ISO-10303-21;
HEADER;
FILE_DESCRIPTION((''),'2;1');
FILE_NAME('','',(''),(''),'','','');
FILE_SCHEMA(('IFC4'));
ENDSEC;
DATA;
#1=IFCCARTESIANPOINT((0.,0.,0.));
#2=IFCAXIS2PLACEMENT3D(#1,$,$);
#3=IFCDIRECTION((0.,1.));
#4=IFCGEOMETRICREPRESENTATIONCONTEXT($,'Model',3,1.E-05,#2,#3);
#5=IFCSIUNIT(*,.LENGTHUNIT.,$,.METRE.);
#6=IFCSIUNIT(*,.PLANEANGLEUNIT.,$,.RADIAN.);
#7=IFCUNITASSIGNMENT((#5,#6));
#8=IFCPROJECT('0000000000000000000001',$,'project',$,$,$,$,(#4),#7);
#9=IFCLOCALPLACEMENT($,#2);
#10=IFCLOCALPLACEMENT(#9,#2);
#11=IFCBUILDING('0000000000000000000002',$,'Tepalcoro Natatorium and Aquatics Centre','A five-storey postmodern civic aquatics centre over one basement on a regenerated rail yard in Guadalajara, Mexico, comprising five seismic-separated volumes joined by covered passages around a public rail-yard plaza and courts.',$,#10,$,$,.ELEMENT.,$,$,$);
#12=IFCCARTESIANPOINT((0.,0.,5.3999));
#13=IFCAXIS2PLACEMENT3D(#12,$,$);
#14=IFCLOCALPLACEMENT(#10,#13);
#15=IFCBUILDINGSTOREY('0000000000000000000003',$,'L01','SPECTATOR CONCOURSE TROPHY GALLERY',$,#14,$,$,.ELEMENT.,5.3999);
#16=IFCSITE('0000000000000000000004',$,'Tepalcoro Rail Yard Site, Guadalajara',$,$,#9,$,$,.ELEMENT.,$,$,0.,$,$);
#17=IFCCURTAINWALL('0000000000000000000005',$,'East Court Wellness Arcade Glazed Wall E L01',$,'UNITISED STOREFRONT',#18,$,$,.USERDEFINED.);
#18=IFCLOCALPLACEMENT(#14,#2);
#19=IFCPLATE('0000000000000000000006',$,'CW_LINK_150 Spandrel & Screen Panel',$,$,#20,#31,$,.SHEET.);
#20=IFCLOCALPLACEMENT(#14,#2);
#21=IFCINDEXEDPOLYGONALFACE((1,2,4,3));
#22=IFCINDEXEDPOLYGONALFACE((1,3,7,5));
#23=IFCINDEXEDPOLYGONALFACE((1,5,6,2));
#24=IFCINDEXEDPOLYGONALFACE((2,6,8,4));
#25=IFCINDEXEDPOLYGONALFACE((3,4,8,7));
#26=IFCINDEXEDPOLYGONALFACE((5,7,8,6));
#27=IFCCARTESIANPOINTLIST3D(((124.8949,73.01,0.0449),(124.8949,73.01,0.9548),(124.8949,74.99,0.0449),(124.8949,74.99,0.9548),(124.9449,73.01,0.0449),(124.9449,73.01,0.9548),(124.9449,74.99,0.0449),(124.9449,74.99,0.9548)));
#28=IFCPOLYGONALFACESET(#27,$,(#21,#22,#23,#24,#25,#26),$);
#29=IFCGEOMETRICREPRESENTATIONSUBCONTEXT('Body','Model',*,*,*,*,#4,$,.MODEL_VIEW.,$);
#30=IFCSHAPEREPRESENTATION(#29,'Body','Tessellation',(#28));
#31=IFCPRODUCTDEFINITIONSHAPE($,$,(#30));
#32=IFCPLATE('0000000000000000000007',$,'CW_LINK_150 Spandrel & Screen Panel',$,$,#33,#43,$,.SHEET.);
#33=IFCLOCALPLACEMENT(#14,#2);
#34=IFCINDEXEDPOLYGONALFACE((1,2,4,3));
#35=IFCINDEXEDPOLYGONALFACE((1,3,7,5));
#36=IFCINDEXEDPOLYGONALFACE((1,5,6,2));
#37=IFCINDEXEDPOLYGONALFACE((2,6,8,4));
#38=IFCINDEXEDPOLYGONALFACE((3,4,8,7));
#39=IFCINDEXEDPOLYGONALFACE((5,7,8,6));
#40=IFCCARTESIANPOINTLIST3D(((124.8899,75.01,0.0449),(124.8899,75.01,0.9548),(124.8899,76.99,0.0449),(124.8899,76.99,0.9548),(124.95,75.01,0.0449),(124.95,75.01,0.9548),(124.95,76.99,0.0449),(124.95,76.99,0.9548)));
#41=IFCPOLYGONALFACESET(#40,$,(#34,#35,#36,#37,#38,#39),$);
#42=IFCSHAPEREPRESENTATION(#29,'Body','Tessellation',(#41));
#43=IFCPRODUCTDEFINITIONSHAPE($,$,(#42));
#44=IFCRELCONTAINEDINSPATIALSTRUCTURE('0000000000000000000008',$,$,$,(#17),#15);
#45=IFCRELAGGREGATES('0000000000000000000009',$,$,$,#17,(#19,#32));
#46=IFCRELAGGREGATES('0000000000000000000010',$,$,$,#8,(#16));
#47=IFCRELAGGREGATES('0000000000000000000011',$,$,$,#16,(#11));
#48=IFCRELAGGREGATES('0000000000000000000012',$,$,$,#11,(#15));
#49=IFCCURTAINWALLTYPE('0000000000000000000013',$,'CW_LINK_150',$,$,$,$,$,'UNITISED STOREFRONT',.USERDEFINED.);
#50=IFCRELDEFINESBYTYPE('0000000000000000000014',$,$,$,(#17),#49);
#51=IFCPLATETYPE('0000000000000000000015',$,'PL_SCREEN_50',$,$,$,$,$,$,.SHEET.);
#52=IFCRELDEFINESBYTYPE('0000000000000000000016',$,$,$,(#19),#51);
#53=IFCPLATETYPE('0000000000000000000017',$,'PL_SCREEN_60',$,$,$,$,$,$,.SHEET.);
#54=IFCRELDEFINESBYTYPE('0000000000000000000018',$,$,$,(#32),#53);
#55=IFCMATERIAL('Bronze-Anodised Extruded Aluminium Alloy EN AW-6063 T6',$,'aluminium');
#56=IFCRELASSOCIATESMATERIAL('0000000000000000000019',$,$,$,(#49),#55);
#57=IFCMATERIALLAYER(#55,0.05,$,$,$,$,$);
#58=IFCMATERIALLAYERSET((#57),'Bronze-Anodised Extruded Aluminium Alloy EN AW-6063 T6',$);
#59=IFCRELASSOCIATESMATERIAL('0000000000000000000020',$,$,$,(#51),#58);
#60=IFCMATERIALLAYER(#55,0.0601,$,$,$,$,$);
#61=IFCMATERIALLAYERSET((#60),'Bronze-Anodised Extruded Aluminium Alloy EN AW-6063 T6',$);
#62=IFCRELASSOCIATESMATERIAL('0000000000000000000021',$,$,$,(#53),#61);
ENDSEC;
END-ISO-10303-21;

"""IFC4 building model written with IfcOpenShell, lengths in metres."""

from ifc_helpers import new_model, si_unit, direction, frame, origin, origin_2d, place, context, subcontext, project, spatial, rectangle, extrude, material, layer, layer_set, type_object, element, aggregate, save


model = new_model("IFC4")

# Units and contexts
model_context = context("Model", 3, precision=1e-05, world=origin(), true_north=direction((0.0, 1.0)))
body_context = subcontext(model_context, "Body", "Model", "MODEL_VIEW")
ifc_project = project(units=[si_unit("LENGTHUNIT", "METRE"), si_unit("PLANEANGLEUNIT", "RADIAN")], contexts=[model_context])

# Site, building, storey
site_placement = place(None, origin())
site = spatial("IfcSite", under=ifc_project, at=site_placement, Name="Tepalcoro Rail Yard Site, Guadalajara", CompositionType="ELEMENT", RefElevation=0.0)
building_placement = place(site_placement, origin())
building = spatial("IfcBuilding", under=site, at=building_placement, Name="Tepalcoro Natatorium and Aquatics Centre", Description="A five-storey postmodern civic aquatics centre over one basement on a regenerated rail yard in Guadalajara, Mexico, comprising five seismic-separated volumes joined by covered passages around a public rail-yard plaza and courts.", CompositionType="ELEMENT")
storey_placement = place(building_placement, frame((0.0, 0.0, 5.3999)))
storey = spatial("IfcBuildingStorey", under=building, at=storey_placement, Name="L01", Description="SPECTATOR CONCOURSE TROPHY GALLERY", CompositionType="ELEMENT", Elevation=5.3999)

# Curtain wall, plates
ifc_material_1 = material(Name="Bronze-Anodised Extruded Aluminium Alloy EN AW-6063 T6", Category="aluminium")
curtain_wall_type = type_object("IfcCurtainWallType", Name="CW_LINK_150", ElementType="UNITISED STOREFRONT", PredefinedType="USERDEFINED", material=ifc_material_1)
curtain_wall_placement = place(storey_placement, origin())
curtain_wall = element("IfcCurtainWall", 1, at=curtain_wall_placement, inside=storey, type_object=curtain_wall_type, Name="East Court Wellness Arcade Glazed Wall E L01", ObjectType="UNITISED STOREFRONT", PredefinedType="USERDEFINED")
ifc_layer_1 = layer(ifc_material_1, 0.05)
ifc_layer_set_1 = layer_set([ifc_layer_1], Name="Bronze-Anodised Extruded Aluminium Alloy EN AW-6063 T6")
plate_type_1 = type_object("IfcPlateType", Name="PL_SCREEN_50", PredefinedType="SHEET", material=ifc_layer_set_1)
plate_1_placement = place(storey_placement, frame((124.9199, 74.0, 0.0449), z_axis=(0.0, 0.0, 1.0), x_axis=(1.0, 0.0, 0.0)))
plate_1 = element("IfcPlate", 2, at=plate_1_placement, type_object=plate_type_1, Name="CW_LINK_150 Spandrel & Screen Panel", PredefinedType="SHEET", context=body_context, shape_type="SweptSolid", body=[
    extrude(rectangle(XDim=0.05, YDim=1.98, at=origin_2d()), origin(), (0.0, 0.0, 1.0), 0.9099),
])
ifc_layer_2 = layer(ifc_material_1, 0.0601)
ifc_layer_set_2 = layer_set([ifc_layer_2], Name="Bronze-Anodised Extruded Aluminium Alloy EN AW-6063 T6")
plate_type_2 = type_object("IfcPlateType", Name="PL_SCREEN_60", PredefinedType="SHEET", material=ifc_layer_set_2)
plate_2_placement = place(storey_placement, frame((124.9199, 76.0, 0.0449), z_axis=(0.0, 0.0, 1.0), x_axis=(1.0, 0.0, 0.0)))
plate_2 = element("IfcPlate", 3, at=plate_2_placement, type_object=plate_type_2, Name="CW_LINK_150 Spandrel & Screen Panel", PredefinedType="SHEET", context=body_context, shape_type="SweptSolid", body=[
    extrude(rectangle(XDim=0.0601, YDim=1.98, at=origin_2d()), origin(), (0.0, 0.0, 1.0), 0.9099),
])
aggregate(curtain_wall, [plate_1, plate_2])

save(model, "model.ifc")
